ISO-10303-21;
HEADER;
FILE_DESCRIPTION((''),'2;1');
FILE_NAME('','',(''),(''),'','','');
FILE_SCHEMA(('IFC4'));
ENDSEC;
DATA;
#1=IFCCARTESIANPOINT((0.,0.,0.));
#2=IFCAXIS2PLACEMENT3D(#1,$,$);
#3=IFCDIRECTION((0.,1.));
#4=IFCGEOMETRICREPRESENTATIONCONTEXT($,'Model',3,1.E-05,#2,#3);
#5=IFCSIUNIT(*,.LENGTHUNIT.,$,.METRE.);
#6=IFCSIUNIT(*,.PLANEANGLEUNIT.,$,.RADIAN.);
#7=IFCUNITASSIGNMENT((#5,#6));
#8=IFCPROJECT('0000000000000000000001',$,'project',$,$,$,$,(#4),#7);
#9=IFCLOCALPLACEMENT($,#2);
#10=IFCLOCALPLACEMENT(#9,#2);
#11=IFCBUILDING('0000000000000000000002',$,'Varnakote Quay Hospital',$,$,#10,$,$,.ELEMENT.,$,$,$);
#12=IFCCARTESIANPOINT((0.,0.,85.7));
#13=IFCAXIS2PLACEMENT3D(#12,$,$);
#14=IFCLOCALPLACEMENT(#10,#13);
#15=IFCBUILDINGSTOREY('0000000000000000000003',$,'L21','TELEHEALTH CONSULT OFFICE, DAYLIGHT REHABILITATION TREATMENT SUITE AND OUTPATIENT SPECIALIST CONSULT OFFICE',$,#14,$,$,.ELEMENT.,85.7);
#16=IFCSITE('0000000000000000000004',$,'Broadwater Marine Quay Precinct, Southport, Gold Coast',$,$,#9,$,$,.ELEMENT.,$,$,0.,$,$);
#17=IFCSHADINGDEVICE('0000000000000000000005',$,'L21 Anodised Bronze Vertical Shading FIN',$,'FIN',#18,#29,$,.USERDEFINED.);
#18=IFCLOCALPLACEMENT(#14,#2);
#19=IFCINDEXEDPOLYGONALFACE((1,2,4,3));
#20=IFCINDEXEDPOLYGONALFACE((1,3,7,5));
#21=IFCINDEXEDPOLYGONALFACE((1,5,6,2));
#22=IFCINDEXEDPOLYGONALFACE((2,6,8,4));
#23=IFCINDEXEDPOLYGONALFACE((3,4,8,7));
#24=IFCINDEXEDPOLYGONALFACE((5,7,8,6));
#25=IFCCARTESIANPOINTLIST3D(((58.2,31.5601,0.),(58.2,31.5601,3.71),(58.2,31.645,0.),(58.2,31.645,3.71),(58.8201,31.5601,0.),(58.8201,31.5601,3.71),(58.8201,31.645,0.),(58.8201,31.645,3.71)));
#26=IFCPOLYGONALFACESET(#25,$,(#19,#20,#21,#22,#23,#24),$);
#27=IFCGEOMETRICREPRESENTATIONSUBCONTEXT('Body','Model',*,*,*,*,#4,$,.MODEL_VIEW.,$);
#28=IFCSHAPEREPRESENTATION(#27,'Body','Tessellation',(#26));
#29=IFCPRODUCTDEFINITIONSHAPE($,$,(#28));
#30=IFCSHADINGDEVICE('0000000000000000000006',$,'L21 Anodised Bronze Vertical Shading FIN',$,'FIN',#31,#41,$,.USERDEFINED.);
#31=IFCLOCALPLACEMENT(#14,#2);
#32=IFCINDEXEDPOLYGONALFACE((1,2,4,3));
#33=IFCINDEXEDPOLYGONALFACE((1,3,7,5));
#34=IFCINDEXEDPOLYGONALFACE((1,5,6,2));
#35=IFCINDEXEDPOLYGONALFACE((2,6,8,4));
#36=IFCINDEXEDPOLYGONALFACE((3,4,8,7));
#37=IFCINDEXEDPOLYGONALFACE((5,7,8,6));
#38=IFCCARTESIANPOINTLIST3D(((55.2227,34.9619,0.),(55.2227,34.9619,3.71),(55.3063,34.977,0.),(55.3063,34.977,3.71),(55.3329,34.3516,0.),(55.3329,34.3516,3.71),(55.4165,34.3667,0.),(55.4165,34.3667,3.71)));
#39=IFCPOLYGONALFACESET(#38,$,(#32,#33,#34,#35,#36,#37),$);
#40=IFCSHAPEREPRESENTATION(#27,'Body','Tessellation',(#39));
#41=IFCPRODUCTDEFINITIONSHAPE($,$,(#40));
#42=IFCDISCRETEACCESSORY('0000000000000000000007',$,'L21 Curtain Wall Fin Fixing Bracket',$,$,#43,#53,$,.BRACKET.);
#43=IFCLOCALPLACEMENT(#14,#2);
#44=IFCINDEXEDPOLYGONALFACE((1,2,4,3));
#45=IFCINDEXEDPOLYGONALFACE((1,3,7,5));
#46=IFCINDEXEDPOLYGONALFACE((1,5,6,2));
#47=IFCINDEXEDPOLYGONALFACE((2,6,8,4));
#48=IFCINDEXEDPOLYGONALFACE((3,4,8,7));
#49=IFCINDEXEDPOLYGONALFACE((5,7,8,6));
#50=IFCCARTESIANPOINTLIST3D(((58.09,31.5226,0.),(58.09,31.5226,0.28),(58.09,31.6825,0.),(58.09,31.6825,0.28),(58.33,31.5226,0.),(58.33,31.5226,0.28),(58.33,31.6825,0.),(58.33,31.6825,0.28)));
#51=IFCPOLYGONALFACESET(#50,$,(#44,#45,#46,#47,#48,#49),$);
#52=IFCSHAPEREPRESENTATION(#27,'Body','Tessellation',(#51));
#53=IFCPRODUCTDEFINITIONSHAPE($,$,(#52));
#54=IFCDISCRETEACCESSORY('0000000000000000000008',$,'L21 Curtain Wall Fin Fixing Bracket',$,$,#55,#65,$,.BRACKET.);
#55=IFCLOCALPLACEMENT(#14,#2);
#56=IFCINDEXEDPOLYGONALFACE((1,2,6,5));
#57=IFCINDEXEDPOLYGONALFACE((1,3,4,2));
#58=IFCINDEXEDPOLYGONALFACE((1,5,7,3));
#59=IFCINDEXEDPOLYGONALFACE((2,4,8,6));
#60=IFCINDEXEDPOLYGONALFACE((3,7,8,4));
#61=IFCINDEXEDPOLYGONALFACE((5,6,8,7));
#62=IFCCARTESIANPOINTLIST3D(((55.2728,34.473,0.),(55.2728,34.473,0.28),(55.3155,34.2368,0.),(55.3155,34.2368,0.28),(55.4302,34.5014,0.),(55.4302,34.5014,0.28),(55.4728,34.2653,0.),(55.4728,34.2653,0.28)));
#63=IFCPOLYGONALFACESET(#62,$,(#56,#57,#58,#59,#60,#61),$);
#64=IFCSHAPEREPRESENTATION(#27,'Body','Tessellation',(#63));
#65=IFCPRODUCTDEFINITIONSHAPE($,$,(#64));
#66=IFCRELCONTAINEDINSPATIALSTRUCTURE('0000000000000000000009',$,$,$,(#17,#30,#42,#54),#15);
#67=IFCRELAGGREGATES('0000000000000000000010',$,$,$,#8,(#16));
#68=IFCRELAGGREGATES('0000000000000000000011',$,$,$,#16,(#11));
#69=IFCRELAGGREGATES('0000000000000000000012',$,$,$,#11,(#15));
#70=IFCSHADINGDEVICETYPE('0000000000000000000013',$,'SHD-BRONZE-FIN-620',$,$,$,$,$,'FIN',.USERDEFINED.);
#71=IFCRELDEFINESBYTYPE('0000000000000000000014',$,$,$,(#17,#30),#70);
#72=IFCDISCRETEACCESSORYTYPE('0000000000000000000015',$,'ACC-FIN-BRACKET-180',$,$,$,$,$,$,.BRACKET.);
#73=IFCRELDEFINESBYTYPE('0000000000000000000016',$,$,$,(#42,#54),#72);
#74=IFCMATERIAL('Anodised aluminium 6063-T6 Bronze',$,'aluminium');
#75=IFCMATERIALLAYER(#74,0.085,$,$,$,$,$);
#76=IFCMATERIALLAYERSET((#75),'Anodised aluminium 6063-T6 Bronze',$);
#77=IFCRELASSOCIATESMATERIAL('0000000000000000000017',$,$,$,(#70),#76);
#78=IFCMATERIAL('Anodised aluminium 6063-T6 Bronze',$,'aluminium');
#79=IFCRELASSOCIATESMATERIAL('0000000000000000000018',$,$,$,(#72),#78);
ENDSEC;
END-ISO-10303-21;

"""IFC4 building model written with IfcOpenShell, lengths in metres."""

from ifc_helpers import new_model, si_unit, direction, frame, origin, origin_2d, place, context, subcontext, project, spatial, rectangle, extrude, material, layer, layer_set, type_object, element, save


model = new_model("IFC4")

# Units and contexts
model_context = context("Model", 3, precision=1e-05, world=origin(), true_north=direction((0.0, 1.0)))
body_context = subcontext(model_context, "Body", "Model", "MODEL_VIEW")
ifc_project = project(units=[si_unit("LENGTHUNIT", "METRE"), si_unit("PLANEANGLEUNIT", "RADIAN")], contexts=[model_context])

# Site, building, storey
site_placement = place(None, origin())
site = spatial("IfcSite", under=ifc_project, at=site_placement, Name="Broadwater Marine Quay Precinct, Southport, Gold Coast", CompositionType="ELEMENT", RefElevation=0.0)
building_placement = place(site_placement, origin())
building = spatial("IfcBuilding", under=site, at=building_placement, Name="Varnakote Quay Hospital", CompositionType="ELEMENT")
storey_placement = place(building_placement, frame((0.0, 0.0, 85.7)))
storey = spatial("IfcBuildingStorey", under=building, at=storey_placement, Name="L21", Description="TELEHEALTH CONSULT OFFICE, DAYLIGHT REHABILITATION TREATMENT SUITE AND OUTPATIENT SPECIALIST CONSULT OFFICE", CompositionType="ELEMENT", Elevation=85.7)

# Shading devices
ifc_material_1 = material(Name="Anodised aluminium 6063-T6 Bronze", Category="aluminium")
ifc_layer_1 = layer(ifc_material_1, 0.085)
ifc_layer_set_1 = layer_set([ifc_layer_1], Name="Anodised aluminium 6063-T6 Bronze")
shading_device_type = type_object("IfcShadingDeviceType", Name="SHD-BRONZE-FIN-620", ElementType="FIN", PredefinedType="USERDEFINED", material=ifc_layer_set_1)
for number, where, z_axis, x_axis, name in (
    (1, (58.51, 31.6025, 0.0), (0.0, 0.0, 1.0), (-1.0, 0.0, 0.0), "L21 Anodised Bronze Vertical Shading FIN"),
    (2, (55.3196, 34.6643, 0.0), (0.0, 0.0, 1.0), (0.177772, -0.984072, 0.0), "L21 Anodised Bronze Vertical Shading FIN"),
):
    element("IfcShadingDevice", number, at=place(storey_placement, frame(where, z_axis=z_axis, x_axis=x_axis)), inside=storey, type_object=shading_device_type, Name=name, ObjectType="FIN", PredefinedType="USERDEFINED", context=body_context, shape_type="SweptSolid", body=[
        extrude(rectangle(XDim=0.6201, YDim=0.085, at=origin_2d()), origin(), (0.0, 0.0, 1.0), 3.71),
    ])

# Discrete accessories
ifc_material_2 = material(Name="Anodised aluminium 6063-T6 Bronze", Category="aluminium")
discrete_accessory_type = type_object("IfcDiscreteAccessoryType", Name="ACC-FIN-BRACKET-180", PredefinedType="BRACKET", material=ifc_material_2)
for number, where, z_axis, x_axis, name in (
    (3, (58.21, 31.6025, 0.0), (0.0, 0.0, 1.0), (0.0, 1.0, 0.0), "L21 Curtain Wall Fin Fixing Bracket"),
    (4, (55.3728, 34.3691, 0.0), (0.0, 0.0, 1.0), (-0.984072, -0.177772, 0.0), "L21 Curtain Wall Fin Fixing Bracket"),
):
    element("IfcDiscreteAccessory", number, at=place(storey_placement, frame(where, z_axis=z_axis, x_axis=x_axis)), inside=storey, type_object=discrete_accessory_type, Name=name, PredefinedType="BRACKET", context=body_context, shape_type="SweptSolid", body=[
        extrude(rectangle(XDim=0.1599, YDim=0.24, at=origin_2d()), origin(), (0.0, 0.0, 1.0), 0.28),
    ])

save(model, "model.ifc")
